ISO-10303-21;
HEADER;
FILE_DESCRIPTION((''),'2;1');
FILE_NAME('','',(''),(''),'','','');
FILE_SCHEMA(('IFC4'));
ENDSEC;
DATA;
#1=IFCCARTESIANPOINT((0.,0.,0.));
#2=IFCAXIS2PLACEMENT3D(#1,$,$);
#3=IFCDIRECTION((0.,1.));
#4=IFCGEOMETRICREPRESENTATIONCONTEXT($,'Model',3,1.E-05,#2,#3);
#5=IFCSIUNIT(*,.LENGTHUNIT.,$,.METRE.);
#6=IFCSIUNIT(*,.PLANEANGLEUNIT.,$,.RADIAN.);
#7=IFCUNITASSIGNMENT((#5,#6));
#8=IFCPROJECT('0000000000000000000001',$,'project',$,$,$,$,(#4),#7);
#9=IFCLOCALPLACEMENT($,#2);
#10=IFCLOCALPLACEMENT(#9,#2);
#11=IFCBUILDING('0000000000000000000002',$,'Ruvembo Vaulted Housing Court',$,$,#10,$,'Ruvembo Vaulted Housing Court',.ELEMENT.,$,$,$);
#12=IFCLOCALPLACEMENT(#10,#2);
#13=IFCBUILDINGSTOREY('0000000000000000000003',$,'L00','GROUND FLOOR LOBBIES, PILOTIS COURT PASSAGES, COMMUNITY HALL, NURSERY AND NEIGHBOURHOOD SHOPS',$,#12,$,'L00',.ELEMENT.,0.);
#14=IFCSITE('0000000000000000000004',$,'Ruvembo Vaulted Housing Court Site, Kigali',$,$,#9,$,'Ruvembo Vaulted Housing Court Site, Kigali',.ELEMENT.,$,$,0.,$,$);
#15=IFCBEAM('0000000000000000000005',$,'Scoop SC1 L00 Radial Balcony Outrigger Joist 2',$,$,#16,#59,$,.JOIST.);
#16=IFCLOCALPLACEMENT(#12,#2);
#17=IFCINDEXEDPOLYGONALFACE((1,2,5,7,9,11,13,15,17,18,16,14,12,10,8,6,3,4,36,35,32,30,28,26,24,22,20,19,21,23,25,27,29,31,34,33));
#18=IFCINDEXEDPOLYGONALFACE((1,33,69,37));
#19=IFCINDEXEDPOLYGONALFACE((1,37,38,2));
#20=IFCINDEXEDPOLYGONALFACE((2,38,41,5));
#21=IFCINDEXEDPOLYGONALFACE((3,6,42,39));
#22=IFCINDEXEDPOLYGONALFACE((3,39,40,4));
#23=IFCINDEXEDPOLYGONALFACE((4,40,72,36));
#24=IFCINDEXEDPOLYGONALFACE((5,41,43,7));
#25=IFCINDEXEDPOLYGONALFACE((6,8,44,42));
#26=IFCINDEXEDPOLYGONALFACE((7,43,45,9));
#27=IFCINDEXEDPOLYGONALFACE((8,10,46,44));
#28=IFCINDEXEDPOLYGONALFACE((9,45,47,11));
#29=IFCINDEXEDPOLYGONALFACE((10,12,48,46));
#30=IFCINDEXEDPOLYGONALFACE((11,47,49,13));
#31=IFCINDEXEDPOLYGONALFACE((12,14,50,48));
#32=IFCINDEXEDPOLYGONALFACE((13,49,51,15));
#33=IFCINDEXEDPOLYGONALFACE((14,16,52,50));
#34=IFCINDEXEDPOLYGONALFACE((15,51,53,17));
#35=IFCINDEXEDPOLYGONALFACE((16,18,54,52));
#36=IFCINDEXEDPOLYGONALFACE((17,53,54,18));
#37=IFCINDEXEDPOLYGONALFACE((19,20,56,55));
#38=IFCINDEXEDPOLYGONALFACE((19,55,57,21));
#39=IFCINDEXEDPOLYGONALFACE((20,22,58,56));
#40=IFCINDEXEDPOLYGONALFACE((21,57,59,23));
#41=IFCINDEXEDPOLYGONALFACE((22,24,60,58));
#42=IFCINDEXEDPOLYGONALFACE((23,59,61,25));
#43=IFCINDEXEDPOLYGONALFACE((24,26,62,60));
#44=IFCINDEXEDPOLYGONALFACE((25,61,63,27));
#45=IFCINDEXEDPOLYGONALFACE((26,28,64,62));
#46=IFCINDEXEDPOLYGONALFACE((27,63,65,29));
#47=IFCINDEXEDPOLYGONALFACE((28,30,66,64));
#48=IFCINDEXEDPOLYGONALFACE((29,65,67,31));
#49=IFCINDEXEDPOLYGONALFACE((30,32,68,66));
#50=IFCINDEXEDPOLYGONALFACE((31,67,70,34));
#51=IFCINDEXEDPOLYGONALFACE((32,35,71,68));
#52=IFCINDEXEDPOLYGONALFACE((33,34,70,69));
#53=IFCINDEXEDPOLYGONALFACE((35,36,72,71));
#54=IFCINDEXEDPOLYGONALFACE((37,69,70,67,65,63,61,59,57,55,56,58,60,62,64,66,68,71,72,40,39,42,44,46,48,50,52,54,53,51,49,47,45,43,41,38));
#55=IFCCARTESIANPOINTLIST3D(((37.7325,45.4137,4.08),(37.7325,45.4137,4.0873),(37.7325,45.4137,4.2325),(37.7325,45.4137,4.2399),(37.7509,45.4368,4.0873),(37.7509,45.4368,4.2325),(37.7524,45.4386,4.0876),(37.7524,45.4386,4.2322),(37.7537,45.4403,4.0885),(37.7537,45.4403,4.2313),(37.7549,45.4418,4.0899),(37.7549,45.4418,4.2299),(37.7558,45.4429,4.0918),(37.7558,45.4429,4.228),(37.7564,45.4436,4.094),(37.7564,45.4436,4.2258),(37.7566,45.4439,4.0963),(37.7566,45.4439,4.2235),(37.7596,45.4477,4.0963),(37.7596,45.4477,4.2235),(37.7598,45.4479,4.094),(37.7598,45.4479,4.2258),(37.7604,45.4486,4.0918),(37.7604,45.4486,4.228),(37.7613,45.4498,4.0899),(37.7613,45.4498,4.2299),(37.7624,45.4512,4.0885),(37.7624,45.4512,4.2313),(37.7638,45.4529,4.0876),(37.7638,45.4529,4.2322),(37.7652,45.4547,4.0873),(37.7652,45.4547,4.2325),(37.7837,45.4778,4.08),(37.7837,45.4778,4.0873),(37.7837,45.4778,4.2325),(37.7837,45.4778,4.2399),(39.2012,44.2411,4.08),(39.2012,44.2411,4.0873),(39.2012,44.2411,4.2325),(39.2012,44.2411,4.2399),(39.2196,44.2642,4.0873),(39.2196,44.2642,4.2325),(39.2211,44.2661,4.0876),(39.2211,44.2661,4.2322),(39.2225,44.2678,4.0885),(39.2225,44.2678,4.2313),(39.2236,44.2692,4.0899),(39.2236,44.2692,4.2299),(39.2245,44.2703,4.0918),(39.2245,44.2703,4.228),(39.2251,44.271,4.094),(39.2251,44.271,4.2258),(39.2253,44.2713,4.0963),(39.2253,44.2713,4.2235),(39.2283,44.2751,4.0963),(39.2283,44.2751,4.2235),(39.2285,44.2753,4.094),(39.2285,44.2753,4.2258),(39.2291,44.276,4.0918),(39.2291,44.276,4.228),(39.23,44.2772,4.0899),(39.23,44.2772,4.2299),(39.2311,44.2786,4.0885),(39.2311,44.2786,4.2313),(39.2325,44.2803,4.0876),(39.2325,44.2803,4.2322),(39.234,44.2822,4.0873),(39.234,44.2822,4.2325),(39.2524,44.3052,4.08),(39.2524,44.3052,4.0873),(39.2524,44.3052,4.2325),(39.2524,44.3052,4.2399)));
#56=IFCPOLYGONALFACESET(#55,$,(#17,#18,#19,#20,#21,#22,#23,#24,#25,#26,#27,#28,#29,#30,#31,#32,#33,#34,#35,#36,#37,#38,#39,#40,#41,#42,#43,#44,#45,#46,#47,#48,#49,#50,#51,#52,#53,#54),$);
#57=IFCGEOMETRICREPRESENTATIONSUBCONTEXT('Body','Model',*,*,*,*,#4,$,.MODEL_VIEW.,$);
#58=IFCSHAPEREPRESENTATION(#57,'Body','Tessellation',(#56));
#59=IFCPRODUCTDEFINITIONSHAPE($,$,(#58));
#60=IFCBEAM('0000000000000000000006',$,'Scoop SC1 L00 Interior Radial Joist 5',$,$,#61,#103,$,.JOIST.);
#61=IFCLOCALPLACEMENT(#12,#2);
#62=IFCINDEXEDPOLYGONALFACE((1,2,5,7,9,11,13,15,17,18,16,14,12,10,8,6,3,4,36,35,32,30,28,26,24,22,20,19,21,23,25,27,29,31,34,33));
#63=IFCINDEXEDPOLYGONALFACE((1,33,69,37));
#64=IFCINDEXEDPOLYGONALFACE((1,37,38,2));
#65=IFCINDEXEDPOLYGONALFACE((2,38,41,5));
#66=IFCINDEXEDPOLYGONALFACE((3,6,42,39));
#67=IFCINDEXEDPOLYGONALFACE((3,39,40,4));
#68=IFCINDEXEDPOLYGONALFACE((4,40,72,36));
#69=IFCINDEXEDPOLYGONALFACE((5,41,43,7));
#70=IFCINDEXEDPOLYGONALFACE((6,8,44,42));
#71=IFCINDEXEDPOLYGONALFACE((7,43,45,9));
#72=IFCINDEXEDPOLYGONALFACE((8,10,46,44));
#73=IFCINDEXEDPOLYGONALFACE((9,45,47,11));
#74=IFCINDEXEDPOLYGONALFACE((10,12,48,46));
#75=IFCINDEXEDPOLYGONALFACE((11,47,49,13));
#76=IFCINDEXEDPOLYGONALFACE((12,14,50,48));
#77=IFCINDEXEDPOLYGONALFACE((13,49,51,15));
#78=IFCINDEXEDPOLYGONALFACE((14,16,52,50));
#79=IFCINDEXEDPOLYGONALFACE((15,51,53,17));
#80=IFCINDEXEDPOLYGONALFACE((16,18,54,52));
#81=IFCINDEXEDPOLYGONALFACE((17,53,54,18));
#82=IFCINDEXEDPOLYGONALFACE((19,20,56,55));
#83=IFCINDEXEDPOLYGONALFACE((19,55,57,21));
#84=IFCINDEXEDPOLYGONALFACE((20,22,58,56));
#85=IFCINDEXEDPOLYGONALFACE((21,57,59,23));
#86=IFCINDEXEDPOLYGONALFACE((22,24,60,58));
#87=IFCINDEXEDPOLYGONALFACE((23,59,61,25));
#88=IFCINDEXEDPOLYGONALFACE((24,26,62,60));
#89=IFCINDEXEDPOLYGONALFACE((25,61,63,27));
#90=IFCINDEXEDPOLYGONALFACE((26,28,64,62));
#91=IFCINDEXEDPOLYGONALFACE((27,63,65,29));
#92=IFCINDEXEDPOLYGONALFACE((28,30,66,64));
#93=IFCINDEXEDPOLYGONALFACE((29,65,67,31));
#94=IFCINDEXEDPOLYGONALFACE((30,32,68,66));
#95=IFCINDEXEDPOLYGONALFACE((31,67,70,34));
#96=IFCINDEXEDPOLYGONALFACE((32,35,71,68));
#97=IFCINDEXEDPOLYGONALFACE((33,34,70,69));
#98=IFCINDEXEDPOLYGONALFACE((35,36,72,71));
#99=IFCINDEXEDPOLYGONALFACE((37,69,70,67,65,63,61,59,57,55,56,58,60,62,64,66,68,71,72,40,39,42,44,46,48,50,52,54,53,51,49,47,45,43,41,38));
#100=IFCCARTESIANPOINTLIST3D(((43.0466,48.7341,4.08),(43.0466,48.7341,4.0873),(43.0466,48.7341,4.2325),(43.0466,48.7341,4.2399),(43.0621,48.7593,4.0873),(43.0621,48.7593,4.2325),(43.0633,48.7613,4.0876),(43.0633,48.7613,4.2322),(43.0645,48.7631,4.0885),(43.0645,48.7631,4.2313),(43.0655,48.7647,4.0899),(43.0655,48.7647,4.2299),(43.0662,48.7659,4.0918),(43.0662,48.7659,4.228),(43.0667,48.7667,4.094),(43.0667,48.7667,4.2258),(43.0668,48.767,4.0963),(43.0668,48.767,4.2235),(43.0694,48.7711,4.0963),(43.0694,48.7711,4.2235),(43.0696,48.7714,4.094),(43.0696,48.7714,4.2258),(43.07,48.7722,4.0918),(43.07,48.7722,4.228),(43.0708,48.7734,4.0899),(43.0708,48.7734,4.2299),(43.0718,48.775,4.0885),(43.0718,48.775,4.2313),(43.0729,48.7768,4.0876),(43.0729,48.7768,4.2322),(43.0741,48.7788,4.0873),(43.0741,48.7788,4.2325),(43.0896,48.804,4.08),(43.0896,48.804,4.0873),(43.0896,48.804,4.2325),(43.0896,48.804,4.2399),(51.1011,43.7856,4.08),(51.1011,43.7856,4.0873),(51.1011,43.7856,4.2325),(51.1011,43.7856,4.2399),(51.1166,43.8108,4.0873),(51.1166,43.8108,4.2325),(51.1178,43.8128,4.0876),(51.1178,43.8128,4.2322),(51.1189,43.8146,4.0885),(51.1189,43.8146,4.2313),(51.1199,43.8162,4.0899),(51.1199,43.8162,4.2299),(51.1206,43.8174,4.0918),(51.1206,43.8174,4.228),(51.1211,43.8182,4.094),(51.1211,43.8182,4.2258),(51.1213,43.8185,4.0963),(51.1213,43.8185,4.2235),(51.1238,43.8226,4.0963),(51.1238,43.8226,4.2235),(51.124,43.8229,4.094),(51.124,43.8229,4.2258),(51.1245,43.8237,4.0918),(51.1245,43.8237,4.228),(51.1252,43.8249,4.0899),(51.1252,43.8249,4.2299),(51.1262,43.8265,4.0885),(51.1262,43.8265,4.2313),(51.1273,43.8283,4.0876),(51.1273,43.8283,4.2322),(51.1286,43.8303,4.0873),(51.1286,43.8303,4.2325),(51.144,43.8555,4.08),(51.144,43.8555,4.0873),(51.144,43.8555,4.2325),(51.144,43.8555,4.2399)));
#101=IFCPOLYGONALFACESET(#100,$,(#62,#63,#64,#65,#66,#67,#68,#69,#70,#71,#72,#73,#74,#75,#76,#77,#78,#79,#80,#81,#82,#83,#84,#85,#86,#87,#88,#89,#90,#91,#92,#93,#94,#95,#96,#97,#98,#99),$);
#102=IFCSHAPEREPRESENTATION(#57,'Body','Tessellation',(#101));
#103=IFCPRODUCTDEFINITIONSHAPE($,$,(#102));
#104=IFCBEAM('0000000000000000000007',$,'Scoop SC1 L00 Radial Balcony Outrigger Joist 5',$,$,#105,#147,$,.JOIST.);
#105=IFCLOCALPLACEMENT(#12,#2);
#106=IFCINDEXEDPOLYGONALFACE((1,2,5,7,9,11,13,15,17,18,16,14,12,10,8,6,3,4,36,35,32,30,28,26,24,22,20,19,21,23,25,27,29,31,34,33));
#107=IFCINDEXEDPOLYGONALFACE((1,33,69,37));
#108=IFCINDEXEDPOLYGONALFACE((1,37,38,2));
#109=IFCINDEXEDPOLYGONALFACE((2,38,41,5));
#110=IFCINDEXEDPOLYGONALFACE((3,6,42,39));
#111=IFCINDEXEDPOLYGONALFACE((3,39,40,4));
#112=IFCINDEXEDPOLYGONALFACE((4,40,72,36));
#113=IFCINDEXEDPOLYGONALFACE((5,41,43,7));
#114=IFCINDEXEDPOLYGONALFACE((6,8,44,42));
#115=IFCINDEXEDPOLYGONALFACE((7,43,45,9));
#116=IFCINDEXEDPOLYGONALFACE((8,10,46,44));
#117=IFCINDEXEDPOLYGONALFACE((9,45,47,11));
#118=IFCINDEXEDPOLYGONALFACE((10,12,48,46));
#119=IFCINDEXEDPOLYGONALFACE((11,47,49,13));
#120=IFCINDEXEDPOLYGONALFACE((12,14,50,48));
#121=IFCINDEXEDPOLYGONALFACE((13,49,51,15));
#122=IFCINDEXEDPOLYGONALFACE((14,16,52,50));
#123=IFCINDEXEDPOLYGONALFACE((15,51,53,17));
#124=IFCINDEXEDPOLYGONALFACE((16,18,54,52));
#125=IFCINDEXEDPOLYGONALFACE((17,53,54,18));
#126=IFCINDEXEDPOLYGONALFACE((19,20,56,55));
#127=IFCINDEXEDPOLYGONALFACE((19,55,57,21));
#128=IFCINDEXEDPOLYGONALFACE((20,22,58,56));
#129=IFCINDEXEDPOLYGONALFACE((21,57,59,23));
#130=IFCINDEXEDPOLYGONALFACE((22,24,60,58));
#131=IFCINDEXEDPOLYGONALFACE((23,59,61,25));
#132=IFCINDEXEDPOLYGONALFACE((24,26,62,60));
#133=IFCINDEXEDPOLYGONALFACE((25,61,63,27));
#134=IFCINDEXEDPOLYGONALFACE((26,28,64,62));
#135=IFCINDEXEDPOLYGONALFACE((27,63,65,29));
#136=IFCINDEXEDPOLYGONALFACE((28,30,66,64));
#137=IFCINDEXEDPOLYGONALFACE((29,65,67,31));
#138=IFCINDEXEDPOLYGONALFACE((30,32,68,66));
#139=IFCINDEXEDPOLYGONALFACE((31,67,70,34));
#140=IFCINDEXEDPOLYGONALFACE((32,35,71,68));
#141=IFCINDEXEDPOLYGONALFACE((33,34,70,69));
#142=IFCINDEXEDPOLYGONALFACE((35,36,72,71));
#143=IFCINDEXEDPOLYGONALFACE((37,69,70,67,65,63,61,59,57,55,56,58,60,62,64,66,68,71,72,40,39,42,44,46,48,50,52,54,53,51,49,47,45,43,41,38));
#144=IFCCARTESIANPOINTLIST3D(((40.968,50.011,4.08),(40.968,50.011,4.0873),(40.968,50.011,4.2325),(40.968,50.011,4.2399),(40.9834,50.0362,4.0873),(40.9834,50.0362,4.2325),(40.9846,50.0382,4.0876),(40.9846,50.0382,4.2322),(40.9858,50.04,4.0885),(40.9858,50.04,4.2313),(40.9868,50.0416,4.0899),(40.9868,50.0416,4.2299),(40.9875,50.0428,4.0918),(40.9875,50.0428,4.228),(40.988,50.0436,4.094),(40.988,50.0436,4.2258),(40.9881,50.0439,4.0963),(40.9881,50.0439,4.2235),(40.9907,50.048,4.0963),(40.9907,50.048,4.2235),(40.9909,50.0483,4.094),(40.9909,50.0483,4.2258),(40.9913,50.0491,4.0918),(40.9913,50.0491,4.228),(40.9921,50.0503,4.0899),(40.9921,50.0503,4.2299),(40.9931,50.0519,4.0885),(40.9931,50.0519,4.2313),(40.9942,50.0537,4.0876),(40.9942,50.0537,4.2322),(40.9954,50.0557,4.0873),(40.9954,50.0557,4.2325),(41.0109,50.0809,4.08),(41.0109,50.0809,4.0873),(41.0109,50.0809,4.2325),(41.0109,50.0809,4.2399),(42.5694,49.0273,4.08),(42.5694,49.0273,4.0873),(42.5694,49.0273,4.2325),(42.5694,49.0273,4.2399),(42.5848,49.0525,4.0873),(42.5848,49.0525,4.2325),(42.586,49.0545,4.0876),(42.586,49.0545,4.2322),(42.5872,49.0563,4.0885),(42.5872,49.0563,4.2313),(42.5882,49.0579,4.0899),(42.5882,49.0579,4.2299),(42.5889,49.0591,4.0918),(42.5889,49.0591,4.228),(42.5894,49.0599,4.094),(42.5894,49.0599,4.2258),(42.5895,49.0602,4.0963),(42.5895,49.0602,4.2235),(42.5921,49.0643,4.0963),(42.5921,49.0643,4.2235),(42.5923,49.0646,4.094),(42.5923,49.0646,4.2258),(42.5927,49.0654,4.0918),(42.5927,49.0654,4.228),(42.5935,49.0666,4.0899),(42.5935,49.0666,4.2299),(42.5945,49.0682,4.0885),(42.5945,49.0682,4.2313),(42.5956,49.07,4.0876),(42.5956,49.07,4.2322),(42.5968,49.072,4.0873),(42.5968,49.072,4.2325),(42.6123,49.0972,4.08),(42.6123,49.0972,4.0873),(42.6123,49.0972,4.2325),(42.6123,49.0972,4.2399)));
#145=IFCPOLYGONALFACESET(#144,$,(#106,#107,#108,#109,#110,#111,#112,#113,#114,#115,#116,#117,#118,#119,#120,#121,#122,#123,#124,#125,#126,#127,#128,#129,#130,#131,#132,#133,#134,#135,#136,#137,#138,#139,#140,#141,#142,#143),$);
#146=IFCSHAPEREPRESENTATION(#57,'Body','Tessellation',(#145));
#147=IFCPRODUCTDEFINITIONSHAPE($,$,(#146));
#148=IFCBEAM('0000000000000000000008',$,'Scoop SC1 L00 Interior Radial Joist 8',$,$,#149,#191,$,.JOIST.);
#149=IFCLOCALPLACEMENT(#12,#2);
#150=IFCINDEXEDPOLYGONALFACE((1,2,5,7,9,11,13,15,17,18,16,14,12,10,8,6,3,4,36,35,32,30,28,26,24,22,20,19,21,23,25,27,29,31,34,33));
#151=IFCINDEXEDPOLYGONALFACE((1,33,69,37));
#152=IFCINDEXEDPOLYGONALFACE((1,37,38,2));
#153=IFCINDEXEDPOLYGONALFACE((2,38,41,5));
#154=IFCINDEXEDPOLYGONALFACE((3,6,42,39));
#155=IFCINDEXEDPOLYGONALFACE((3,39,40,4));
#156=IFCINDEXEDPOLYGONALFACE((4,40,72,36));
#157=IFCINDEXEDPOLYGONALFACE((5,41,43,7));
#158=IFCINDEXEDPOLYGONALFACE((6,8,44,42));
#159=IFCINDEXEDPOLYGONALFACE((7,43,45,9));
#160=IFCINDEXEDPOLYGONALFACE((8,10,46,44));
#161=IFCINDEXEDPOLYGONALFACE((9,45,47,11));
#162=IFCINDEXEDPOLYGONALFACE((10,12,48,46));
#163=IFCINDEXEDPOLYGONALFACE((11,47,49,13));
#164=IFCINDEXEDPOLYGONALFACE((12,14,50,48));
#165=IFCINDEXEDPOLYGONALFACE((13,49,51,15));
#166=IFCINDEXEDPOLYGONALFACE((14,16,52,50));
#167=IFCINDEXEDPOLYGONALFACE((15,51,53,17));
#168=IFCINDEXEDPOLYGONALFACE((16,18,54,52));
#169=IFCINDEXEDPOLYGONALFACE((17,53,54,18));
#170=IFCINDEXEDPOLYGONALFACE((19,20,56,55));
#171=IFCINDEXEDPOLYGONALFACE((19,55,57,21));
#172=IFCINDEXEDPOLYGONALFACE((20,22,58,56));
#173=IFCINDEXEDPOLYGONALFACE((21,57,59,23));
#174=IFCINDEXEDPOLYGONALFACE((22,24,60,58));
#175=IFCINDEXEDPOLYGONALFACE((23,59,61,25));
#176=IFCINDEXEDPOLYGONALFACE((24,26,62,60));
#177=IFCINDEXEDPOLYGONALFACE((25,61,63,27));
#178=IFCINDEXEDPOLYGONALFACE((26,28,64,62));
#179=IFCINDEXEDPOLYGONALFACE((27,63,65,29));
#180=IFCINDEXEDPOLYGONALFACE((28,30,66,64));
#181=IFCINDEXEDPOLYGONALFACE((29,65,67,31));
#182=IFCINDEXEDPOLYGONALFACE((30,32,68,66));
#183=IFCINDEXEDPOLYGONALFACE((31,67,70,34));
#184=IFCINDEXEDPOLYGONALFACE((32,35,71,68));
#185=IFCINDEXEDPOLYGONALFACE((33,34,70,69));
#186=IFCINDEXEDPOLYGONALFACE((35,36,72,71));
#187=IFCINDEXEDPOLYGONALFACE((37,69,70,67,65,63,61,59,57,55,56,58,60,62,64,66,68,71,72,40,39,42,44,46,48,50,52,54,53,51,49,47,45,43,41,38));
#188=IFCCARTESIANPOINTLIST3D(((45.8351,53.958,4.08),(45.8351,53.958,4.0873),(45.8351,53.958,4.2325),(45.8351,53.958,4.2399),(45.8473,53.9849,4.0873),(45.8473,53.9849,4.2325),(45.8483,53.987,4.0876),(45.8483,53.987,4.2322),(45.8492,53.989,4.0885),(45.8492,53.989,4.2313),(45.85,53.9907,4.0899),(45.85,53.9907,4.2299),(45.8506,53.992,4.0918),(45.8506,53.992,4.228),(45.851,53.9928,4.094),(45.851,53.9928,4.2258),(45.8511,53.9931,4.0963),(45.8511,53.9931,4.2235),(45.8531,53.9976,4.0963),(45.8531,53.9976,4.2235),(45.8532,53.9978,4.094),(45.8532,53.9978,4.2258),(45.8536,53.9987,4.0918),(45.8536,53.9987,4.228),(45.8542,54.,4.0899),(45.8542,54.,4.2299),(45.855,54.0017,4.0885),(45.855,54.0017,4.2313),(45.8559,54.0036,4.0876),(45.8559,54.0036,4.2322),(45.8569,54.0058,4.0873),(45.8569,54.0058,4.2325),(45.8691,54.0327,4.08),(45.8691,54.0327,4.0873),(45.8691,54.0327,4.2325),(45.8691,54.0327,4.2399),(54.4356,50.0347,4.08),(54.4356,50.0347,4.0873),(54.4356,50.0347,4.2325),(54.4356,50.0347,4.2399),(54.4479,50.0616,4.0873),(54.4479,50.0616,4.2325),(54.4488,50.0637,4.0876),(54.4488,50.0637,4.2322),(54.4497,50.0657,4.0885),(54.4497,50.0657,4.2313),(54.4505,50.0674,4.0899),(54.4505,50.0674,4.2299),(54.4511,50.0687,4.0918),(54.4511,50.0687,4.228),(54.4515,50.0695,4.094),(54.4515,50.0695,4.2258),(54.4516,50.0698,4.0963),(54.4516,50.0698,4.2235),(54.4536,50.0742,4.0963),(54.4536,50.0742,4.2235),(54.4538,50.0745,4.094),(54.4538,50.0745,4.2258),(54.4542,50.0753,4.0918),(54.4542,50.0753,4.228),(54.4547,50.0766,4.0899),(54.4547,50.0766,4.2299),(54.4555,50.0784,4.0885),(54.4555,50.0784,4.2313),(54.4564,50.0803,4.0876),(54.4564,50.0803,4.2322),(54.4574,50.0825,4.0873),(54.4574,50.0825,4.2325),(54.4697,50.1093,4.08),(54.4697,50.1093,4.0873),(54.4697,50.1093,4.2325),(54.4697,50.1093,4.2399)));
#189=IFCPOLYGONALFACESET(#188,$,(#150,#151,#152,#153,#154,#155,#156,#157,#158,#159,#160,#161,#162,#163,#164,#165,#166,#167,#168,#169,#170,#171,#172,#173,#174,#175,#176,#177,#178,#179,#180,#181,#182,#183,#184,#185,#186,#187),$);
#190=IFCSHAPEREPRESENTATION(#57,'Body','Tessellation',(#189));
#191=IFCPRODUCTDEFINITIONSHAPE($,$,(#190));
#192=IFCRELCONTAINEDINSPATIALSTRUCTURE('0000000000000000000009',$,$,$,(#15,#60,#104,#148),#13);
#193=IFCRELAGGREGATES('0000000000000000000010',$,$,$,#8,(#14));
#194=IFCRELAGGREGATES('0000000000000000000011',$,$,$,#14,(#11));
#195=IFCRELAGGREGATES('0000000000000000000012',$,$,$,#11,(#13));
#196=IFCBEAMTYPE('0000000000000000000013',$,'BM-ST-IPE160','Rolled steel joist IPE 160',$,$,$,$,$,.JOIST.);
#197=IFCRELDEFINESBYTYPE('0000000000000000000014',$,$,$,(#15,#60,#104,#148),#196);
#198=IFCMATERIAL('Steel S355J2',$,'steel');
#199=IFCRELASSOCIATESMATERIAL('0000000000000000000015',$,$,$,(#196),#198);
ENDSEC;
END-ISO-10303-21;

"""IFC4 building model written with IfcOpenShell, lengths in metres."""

from ifc_helpers import new_model, si_unit, direction, frame, origin, origin_2d, place, context, subcontext, project, spatial, i_section, extrude, material, material_profile, profile_set, type_object, element, save


model = new_model("IFC4")

# Units and contexts
model_context = context("Model", 3, precision=1e-05, world=origin(), true_north=direction((0.0, 1.0)))
body_context = subcontext(model_context, "Body", "Model", "MODEL_VIEW")
ifc_project = project(units=[si_unit("LENGTHUNIT", "METRE"), si_unit("PLANEANGLEUNIT", "RADIAN")], contexts=[model_context])

# Site, building, storey
site_placement = place(None, origin())
site = spatial("IfcSite", under=ifc_project, at=site_placement, Name="Ruvembo Vaulted Housing Court Site, Kigali", LongName="Ruvembo Vaulted Housing Court Site, Kigali", CompositionType="ELEMENT", RefElevation=0.0)
building_placement = place(site_placement, origin())
building = spatial("IfcBuilding", under=site, at=building_placement, Name="Ruvembo Vaulted Housing Court", LongName="Ruvembo Vaulted Housing Court", CompositionType="ELEMENT")
storey_placement = place(building_placement, origin())
storey = spatial("IfcBuildingStorey", under=building, at=storey_placement, Name="L00", Description="GROUND FLOOR LOBBIES, PILOTIS COURT PASSAGES, COMMUNITY HALL, NURSERY AND NEIGHBOURHOOD SHOPS", LongName="L00", CompositionType="ELEMENT", Elevation=0.0)

# Beams
ifc_material_1 = material(Name="Steel S355J2", Category="steel")
ifc_material_profile_1 = material_profile(ifc_material_1, i_section(OverallWidth=0.082, OverallDepth=0.1599, WebThickness=0.0049, FlangeThickness=0.0073, FilletRadius=0.009, at=origin_2d()), Name="IPE 160")
ifc_profile_set_1 = profile_set([ifc_material_profile_1], Name="Steel S355J2")
beam_type_1 = type_object("IfcBeamType", Name="BM-ST-IPE160", Description="Rolled steel joist IPE 160", PredefinedType="JOIST", material=ifc_profile_set_1)
beam_1_placement = place(storey_placement, frame((39.2268, 44.2732, 4.1599), z_axis=(-0.781489, 0.623918, 0.0), x_axis=(-0.623918, -0.781489, 0.0)))
element("IfcBeam", 1, at=beam_1_placement, inside=storey, type_object=beam_type_1, Name="Scoop SC1 L00 Radial Balcony Outrigger Joist 2", PredefinedType="JOIST", context=body_context, shape_type="SweptSolid", body=[
    extrude(i_section(OverallWidth=0.082, OverallDepth=0.1599, WebThickness=0.0049, FlangeThickness=0.0073, FilletRadius=0.009, at=origin_2d()), origin(), (0.0, 0.0, 1.0), 1.8794),
])
beam_2_placement = place(storey_placement, frame((51.1226, 43.8206, 4.1599), z_axis=(-0.85204, 0.523476, 0.0), x_axis=(-0.523476, -0.85204, 0.0)))
element("IfcBeam", 2, at=beam_2_placement, inside=storey, type_object=beam_type_1, Name="Scoop SC1 L00 Interior Radial Joist 5", PredefinedType="JOIST", context=body_context, shape_type="SweptSolid", body=[
    extrude(i_section(OverallWidth=0.082, OverallDepth=0.1599, WebThickness=0.0049, FlangeThickness=0.0073, FilletRadius=0.009, at=origin_2d()), origin(), (0.0, 0.0, 1.0), 9.4531),
])
beam_3_placement = place(storey_placement, frame((42.5908, 49.0623, 4.1599), z_axis=(-0.852082, 0.523409, 0.0), x_axis=(-0.523409, -0.852082, 0.0)))
element("IfcBeam", 3, at=beam_3_placement, inside=storey, type_object=beam_type_1, Name="Scoop SC1 L00 Radial Balcony Outrigger Joist 5", PredefinedType="JOIST", context=body_context, shape_type="SweptSolid", body=[
    extrude(i_section(OverallWidth=0.082, OverallDepth=0.1599, WebThickness=0.0049, FlangeThickness=0.0073, FilletRadius=0.009, at=origin_2d()), origin(), (0.0, 0.0, 1.0), 1.8794),
])
beam_4_placement = place(storey_placement, frame((54.4526, 50.072, 4.1599), z_axis=(-0.909808, 0.415028, 0.0), x_axis=(-0.415028, -0.909808, 0.0)))
element("IfcBeam", 4, at=beam_4_placement, inside=storey, type_object=beam_type_1, Name="Scoop SC1 L00 Interior Radial Joist 8", PredefinedType="JOIST", context=body_context, shape_type="SweptSolid", body=[
    extrude(i_section(OverallWidth=0.082, OverallDepth=0.1599, WebThickness=0.0049, FlangeThickness=0.0073, FilletRadius=0.009, at=origin_2d()), origin(), (0.0, 0.0, 1.0), 9.4531),
])

save(model, "model.ifc")
